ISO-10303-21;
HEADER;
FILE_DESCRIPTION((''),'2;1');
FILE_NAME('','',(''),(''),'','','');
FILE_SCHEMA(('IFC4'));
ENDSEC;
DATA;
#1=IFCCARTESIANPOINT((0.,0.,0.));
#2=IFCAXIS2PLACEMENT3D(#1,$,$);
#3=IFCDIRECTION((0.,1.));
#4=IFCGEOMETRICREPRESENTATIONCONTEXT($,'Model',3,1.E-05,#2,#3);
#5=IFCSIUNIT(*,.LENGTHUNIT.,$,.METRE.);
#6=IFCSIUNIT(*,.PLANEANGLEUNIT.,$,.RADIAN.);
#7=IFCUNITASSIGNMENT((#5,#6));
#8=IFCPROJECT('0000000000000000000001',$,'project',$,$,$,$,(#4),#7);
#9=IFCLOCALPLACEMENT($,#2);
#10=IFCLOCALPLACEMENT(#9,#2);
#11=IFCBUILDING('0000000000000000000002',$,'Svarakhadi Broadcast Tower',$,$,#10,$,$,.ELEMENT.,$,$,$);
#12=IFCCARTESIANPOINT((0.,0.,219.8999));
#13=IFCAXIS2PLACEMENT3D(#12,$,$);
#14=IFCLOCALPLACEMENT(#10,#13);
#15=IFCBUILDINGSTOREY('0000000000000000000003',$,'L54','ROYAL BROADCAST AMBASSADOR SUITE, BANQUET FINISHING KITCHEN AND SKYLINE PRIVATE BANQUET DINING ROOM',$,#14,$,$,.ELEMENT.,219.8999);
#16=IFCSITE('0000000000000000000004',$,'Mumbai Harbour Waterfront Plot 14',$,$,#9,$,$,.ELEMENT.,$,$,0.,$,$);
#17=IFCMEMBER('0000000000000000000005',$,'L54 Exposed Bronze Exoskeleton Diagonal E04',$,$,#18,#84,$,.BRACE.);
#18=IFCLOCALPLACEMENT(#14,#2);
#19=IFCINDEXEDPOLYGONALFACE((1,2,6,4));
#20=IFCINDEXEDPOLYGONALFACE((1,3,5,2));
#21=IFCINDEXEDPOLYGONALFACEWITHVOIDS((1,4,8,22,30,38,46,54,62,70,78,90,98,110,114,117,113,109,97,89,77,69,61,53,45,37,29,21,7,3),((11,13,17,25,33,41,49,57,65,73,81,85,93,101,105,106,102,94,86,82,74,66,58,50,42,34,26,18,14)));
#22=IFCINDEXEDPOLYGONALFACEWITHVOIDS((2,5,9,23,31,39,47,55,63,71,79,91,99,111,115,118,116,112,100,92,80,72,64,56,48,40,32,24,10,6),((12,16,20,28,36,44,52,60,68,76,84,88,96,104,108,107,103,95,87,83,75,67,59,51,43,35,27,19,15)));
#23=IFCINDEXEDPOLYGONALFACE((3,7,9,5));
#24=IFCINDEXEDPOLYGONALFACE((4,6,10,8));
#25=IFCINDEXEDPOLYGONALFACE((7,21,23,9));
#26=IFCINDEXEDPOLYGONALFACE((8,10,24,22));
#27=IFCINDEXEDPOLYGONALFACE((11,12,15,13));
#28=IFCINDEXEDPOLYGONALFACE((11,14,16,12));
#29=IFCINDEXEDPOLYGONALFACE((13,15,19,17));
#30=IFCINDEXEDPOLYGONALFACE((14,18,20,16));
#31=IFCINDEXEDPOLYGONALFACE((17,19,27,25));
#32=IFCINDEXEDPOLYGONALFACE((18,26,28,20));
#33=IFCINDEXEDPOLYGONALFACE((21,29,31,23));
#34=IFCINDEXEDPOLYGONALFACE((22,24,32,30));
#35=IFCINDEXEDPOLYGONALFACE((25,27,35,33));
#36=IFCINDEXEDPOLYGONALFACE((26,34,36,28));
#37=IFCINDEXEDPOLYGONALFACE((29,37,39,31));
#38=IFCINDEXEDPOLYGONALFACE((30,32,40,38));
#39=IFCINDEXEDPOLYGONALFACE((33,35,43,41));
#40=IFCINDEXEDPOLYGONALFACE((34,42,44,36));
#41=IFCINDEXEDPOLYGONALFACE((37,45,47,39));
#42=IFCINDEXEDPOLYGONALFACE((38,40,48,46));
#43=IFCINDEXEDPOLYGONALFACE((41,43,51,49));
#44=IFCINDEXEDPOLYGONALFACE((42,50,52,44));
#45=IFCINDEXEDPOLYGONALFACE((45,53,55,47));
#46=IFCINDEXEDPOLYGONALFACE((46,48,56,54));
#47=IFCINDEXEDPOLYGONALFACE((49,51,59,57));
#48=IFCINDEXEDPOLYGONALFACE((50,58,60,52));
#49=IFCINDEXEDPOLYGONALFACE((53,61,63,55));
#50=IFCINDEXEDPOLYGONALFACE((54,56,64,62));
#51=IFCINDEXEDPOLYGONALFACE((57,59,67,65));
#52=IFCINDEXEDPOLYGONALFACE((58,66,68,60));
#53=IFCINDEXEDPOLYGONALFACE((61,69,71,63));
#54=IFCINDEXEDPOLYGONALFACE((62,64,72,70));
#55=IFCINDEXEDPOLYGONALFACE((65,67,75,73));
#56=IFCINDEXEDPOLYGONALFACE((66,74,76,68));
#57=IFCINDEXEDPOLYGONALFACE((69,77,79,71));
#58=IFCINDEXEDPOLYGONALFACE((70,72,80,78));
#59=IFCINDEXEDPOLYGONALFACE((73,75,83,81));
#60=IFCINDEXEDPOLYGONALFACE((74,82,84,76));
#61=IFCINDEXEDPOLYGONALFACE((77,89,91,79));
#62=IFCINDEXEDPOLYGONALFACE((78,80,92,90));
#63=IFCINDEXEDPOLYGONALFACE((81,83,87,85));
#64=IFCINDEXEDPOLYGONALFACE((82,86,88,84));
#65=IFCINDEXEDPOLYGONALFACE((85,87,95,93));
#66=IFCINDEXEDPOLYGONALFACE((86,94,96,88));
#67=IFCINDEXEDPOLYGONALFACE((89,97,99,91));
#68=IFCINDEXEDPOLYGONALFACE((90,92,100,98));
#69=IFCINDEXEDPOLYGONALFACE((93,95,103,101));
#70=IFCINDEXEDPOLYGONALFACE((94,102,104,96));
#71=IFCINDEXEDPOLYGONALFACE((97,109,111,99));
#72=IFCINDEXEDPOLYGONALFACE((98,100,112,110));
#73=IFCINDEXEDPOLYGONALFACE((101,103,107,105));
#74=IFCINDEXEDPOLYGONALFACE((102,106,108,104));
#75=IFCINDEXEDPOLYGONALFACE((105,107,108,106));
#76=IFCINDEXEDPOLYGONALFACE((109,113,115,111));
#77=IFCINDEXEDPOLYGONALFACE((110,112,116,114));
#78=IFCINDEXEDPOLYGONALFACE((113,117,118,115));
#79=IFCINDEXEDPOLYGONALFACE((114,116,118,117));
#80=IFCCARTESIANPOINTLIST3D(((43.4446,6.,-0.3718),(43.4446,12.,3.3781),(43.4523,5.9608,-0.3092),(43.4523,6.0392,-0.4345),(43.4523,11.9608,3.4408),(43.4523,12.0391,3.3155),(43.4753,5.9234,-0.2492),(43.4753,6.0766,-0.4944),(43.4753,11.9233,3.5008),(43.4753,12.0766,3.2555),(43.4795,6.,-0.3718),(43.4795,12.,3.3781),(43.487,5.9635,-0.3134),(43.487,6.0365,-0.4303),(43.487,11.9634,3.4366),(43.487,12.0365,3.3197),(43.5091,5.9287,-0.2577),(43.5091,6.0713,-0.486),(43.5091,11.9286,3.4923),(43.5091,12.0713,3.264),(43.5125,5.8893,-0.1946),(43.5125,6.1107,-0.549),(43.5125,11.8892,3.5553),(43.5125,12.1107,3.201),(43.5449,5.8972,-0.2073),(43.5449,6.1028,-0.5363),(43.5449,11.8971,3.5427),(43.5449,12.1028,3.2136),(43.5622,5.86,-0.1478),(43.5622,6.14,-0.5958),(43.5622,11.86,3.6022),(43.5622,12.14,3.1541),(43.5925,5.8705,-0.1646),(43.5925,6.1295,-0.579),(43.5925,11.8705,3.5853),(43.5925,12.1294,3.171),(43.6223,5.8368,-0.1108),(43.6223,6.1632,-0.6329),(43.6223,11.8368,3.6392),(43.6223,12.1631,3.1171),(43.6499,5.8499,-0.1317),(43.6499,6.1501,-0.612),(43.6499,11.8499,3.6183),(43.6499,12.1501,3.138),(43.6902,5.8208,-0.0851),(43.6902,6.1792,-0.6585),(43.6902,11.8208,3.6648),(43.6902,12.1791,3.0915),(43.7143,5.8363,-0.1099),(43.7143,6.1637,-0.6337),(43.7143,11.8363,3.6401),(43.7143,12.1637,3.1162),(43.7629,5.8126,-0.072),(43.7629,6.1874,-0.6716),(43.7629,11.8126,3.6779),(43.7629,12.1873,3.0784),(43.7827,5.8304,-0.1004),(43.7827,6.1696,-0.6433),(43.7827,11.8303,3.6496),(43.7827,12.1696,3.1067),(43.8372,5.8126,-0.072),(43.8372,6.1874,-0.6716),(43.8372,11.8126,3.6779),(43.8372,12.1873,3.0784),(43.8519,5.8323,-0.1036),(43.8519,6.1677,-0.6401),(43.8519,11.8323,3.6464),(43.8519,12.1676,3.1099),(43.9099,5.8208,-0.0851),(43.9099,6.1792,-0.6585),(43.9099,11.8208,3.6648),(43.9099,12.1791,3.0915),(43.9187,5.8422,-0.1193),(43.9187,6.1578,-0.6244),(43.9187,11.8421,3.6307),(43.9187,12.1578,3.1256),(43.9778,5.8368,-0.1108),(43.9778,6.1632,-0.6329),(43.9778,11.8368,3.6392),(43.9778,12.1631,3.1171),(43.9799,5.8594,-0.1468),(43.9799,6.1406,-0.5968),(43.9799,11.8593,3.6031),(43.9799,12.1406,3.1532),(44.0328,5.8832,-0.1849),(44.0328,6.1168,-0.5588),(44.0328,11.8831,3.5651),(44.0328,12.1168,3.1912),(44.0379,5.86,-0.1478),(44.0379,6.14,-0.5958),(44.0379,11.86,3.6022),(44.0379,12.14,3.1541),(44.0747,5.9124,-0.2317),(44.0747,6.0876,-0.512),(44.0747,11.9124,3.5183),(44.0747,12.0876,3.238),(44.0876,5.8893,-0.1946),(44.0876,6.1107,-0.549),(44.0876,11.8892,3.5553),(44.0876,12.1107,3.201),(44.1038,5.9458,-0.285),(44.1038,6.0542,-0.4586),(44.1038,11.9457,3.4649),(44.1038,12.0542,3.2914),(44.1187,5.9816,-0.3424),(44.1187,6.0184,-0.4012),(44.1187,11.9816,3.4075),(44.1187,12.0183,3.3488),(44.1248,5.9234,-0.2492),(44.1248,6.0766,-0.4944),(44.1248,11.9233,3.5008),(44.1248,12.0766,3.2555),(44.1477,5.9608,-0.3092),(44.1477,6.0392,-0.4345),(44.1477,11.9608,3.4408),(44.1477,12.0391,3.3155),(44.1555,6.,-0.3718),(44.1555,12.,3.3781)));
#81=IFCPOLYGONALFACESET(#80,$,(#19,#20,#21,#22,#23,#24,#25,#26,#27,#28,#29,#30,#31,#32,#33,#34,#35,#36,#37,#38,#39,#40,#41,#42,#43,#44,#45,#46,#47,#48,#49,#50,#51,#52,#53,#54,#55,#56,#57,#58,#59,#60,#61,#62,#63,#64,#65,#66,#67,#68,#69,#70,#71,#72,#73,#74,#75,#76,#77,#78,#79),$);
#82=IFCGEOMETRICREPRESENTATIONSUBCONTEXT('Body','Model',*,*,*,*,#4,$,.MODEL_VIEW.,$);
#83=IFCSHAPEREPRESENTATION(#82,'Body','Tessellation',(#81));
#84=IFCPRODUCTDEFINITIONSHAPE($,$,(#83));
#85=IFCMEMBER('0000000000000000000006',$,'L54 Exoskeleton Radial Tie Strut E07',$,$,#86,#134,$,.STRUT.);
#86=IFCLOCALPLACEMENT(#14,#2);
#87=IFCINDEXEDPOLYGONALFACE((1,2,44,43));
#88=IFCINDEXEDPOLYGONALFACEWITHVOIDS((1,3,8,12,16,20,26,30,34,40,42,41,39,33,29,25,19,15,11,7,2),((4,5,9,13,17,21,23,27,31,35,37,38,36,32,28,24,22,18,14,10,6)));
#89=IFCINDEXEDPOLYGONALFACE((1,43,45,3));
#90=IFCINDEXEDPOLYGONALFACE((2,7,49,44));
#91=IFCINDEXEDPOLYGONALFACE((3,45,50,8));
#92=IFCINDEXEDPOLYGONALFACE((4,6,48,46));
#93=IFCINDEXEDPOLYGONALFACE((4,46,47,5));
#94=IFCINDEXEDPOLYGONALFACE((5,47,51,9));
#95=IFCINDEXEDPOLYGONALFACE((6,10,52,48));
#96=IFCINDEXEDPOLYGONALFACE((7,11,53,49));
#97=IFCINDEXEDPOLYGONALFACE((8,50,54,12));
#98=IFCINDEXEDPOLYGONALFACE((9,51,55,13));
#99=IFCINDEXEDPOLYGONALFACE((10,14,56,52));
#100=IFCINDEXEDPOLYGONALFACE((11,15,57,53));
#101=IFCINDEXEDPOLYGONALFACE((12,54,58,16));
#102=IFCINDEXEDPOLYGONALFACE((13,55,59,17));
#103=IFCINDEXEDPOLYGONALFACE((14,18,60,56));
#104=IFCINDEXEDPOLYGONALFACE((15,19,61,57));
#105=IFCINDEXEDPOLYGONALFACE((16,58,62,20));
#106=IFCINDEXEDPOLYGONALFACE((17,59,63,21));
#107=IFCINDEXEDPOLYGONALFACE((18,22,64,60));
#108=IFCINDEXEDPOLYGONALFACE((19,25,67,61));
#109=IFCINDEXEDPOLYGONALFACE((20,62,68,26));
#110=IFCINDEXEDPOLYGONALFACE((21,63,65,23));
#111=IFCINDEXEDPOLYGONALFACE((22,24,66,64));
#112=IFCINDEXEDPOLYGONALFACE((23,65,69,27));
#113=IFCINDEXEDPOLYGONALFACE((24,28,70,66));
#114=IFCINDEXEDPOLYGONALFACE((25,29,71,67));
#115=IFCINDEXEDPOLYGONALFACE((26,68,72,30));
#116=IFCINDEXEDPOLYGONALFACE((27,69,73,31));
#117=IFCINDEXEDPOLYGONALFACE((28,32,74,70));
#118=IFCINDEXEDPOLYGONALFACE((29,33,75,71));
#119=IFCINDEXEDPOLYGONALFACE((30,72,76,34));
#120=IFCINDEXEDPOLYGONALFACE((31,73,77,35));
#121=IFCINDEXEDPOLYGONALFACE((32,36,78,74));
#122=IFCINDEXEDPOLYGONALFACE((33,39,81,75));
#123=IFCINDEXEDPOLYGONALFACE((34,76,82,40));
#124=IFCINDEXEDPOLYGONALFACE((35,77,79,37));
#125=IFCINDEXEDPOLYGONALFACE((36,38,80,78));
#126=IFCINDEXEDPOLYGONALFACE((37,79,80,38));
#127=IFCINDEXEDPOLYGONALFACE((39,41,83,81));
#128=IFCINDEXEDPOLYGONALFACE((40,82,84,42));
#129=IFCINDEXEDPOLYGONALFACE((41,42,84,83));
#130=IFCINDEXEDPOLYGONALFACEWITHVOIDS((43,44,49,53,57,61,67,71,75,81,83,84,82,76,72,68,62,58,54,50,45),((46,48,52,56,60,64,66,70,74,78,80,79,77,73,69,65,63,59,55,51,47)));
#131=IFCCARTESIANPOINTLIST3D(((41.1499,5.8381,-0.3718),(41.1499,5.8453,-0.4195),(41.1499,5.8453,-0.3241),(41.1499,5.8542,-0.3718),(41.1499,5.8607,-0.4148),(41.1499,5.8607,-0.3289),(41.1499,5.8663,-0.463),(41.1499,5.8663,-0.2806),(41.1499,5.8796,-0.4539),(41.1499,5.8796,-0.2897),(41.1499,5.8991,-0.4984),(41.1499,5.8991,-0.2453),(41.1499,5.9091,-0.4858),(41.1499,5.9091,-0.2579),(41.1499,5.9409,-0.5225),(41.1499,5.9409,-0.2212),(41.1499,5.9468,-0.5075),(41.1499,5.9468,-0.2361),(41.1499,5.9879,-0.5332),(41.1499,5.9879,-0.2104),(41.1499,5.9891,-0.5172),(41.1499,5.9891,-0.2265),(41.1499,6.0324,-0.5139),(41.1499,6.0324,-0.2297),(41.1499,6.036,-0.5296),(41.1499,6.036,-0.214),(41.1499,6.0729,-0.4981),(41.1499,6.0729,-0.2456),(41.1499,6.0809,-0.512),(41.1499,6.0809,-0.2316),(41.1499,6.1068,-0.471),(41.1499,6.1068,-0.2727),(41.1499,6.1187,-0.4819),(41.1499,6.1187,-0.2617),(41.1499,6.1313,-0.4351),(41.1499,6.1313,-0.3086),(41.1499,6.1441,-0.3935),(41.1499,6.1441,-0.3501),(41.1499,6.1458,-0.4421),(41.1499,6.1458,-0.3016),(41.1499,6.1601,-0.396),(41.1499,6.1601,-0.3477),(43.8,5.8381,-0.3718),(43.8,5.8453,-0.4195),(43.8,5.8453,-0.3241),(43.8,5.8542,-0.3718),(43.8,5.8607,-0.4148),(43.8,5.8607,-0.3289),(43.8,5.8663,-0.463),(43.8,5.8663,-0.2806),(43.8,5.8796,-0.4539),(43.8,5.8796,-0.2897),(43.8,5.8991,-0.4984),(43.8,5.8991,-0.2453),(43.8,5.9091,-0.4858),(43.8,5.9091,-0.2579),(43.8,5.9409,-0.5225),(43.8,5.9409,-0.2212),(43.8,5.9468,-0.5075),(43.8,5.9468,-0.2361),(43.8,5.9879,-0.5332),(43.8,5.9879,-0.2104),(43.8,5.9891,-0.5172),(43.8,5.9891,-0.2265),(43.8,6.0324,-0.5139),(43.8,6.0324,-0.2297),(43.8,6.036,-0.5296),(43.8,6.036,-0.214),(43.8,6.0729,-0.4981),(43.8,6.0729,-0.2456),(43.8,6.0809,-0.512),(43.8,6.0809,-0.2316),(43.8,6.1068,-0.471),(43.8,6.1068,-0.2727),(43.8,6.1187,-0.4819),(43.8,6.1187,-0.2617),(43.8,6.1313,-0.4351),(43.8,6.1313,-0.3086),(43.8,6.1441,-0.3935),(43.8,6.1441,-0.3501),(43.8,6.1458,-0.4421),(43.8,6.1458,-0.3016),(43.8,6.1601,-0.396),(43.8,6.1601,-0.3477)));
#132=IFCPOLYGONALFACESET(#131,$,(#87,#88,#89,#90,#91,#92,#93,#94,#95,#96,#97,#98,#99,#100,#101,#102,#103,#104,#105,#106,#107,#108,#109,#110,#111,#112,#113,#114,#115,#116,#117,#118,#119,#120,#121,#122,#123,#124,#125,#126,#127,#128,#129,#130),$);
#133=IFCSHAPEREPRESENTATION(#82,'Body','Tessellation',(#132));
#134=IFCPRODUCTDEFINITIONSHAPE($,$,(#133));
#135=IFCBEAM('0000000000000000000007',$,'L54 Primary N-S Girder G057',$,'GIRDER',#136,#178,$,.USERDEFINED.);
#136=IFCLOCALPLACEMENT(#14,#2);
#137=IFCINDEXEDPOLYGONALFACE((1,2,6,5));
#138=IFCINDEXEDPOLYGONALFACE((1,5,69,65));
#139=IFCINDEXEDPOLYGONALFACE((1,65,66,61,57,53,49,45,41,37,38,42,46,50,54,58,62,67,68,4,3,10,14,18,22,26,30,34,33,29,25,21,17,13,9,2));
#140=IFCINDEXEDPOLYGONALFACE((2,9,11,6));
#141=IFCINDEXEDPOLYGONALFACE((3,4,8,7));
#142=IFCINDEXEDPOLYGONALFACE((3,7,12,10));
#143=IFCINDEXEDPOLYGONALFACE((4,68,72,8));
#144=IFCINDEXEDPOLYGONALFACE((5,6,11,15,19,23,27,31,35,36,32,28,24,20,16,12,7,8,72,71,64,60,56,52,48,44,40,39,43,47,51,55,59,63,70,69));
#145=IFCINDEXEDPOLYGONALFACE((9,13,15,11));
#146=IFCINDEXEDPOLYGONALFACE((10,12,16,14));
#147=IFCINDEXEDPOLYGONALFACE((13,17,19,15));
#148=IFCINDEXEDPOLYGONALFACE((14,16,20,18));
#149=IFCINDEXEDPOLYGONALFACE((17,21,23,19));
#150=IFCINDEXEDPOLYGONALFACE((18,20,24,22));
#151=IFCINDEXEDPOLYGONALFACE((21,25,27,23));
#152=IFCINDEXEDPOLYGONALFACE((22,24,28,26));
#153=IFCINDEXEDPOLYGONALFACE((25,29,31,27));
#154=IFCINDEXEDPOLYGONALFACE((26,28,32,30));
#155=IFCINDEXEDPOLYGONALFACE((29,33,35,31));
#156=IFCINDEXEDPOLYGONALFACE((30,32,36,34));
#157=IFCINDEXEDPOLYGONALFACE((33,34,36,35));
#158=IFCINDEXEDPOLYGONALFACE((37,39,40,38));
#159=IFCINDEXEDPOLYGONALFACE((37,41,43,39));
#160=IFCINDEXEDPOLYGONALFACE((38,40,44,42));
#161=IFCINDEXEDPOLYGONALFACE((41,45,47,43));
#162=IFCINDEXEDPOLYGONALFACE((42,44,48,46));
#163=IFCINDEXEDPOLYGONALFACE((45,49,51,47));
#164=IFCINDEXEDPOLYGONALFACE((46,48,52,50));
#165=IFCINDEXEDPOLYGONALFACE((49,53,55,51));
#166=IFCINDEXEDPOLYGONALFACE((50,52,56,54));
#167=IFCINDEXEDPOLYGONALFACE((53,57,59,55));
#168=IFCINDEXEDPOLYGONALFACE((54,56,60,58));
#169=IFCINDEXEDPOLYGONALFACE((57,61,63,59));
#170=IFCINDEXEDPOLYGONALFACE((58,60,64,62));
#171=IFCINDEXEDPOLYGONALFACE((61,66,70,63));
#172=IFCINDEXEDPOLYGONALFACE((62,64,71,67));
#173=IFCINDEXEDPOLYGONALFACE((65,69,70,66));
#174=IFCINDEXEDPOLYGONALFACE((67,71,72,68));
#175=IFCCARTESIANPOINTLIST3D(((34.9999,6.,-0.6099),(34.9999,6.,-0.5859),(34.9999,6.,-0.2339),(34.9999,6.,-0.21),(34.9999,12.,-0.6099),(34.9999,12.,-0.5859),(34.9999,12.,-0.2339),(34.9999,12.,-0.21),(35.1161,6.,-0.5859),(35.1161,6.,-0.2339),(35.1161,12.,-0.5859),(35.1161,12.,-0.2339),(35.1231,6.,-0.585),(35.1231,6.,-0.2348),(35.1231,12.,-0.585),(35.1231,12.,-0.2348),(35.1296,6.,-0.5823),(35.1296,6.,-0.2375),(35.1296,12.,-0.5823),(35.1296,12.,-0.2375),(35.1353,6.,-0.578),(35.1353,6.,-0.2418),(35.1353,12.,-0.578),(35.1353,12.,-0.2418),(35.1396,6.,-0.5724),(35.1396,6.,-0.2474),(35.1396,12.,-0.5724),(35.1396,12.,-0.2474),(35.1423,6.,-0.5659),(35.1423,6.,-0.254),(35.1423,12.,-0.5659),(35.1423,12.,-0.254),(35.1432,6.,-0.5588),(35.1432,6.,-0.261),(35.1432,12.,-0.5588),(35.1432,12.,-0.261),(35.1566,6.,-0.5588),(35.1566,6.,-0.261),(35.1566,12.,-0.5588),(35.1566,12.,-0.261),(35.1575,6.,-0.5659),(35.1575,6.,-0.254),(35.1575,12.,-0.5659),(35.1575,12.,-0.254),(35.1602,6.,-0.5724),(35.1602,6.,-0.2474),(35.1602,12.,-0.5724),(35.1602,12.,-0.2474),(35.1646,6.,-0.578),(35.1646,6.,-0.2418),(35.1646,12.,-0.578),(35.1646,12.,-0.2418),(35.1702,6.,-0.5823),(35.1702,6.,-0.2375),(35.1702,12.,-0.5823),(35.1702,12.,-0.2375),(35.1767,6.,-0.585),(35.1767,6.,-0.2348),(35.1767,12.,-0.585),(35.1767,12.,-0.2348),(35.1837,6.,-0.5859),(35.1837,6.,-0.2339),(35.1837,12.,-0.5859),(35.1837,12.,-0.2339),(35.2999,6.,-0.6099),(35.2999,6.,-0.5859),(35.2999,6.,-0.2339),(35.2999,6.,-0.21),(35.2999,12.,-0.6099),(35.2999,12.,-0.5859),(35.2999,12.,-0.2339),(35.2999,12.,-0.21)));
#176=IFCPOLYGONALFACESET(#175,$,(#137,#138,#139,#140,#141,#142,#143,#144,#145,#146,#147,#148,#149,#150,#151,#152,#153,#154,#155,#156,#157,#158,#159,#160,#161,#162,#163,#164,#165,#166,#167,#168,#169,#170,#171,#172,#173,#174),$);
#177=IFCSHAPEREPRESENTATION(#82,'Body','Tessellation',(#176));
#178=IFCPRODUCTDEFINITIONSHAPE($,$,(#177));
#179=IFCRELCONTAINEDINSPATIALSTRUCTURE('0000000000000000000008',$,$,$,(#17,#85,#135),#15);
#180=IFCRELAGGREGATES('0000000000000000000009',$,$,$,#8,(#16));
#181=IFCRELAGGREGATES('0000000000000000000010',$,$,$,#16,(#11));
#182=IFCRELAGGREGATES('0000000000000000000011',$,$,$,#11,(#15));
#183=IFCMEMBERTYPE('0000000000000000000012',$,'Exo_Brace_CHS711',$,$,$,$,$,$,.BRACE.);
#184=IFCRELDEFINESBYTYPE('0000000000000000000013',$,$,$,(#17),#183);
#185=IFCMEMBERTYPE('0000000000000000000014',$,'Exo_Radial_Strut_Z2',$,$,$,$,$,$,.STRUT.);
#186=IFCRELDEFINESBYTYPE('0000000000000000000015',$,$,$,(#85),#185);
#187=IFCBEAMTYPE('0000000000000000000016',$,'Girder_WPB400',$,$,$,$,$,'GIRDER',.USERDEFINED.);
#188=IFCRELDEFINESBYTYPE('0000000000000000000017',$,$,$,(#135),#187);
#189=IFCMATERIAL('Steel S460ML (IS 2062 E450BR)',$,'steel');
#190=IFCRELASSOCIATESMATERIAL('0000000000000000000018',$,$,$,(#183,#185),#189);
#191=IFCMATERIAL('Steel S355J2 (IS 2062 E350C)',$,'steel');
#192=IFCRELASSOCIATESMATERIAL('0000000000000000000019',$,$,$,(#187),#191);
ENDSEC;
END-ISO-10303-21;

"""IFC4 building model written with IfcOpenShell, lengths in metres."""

from ifc_helpers import new_model, si_unit, direction, frame, origin, origin_2d, place, context, subcontext, project, spatial, hollow_circle, i_section, extrude, material, material_profile, profile_set, type_object, element, save


model = new_model("IFC4")

# Units and contexts
model_context = context("Model", 3, precision=1e-05, world=origin(), true_north=direction((0.0, 1.0)))
body_context = subcontext(model_context, "Body", "Model", "MODEL_VIEW")
ifc_project = project(units=[si_unit("LENGTHUNIT", "METRE"), si_unit("PLANEANGLEUNIT", "RADIAN")], contexts=[model_context])

# Site, building, storey
site_placement = place(None, origin())
site = spatial("IfcSite", under=ifc_project, at=site_placement, Name="Mumbai Harbour Waterfront Plot 14", CompositionType="ELEMENT", RefElevation=0.0)
building_placement = place(site_placement, origin())
building = spatial("IfcBuilding", under=site, at=building_placement, Name="Svarakhadi Broadcast Tower", CompositionType="ELEMENT")
storey_placement = place(building_placement, frame((0.0, 0.0, 219.8999)))
storey = spatial("IfcBuildingStorey", under=building, at=storey_placement, Name="L54", Description="ROYAL BROADCAST AMBASSADOR SUITE, BANQUET FINISHING KITCHEN AND SKYLINE PRIVATE BANQUET DINING ROOM", CompositionType="ELEMENT", Elevation=219.8999)

# Shared definitions
ifc_material_1 = material(Name="Steel S460ML (IS 2062 E450BR)", Category="steel")

# Shared definitions
ifc_material_2 = material(Name="Steel S355J2 (IS 2062 E350C)", Category="steel")

# Members
ifc_material_profile_1 = material_profile(ifc_material_1, hollow_circle(Radius=0.3555, WallThickness=0.0349, at=origin_2d()), Name="CHS 711x35")
ifc_profile_set_1 = profile_set([ifc_material_profile_1], Name="Steel S460ML (IS 2062 E450BR)")
member_type_1 = type_object("IfcMemberType", Name="Exo_Brace_CHS711", PredefinedType="BRACE", material=ifc_profile_set_1)
member_1_placement = place(storey_placement, frame((43.8, 6.0, -0.3718), z_axis=(0.0, 0.847998, 0.529999), x_axis=(-1.0, 0.0, 0.0)))
element("IfcMember", 1, at=member_1_placement, inside=storey, type_object=member_type_1, Name="L54 Exposed Bronze Exoskeleton Diagonal E04", PredefinedType="BRACE", context=body_context, shape_type="SweptSolid", body=[
    extrude(hollow_circle(Radius=0.3555, WallThickness=0.0349, at=origin_2d()), origin(), (0.0, 0.0, 1.0), 7.0754),
])
ifc_material_profile_2 = material_profile(ifc_material_1, hollow_circle(Radius=0.1619, WallThickness=0.0161, at=origin_2d()), Name="CHS 323.9x16")
ifc_profile_set_2 = profile_set([ifc_material_profile_2], Name="Steel S460ML (IS 2062 E450BR)")
member_type_2 = type_object("IfcMemberType", Name="Exo_Radial_Strut_Z2", PredefinedType="STRUT", material=ifc_profile_set_2)
member_2_placement = place(storey_placement, frame((43.8, 6.0, -0.3718), z_axis=(-1.0, 0.0, 0.0), x_axis=(0.0, -1.0, 0.0)))
element("IfcMember", 2, at=member_2_placement, inside=storey, type_object=member_type_2, Name="L54 Exoskeleton Radial Tie Strut E07", PredefinedType="STRUT", context=body_context, shape_type="SweptSolid", body=[
    extrude(hollow_circle(Radius=0.1619, WallThickness=0.0161, at=origin_2d()), origin(), (0.0, 0.0, 1.0), 2.6501),
])

# Beam
ifc_material_profile_3 = material_profile(ifc_material_2, i_section(OverallWidth=0.3, OverallDepth=0.3999, WebThickness=0.0134, FlangeThickness=0.0239, FilletRadius=0.0271, at=origin_2d()), Name="WPB 400x300x155")
ifc_profile_set_3 = profile_set([ifc_material_profile_3], Name="Steel S355J2 (IS 2062 E350C)")
beam_type_1 = type_object("IfcBeamType", Name="Girder_WPB400", ElementType="GIRDER", PredefinedType="USERDEFINED", material=ifc_profile_set_3)
for number, where, z_axis, x_axis, name in (
    (3, (35.1499, 6.0, -0.4099), (0.0, 1.0, 0.0), (-1.0, 0.0, 0.0), "L54 Primary N-S Girder G057"),
):
    element("IfcBeam", number, at=place(storey_placement, frame(where, z_axis=z_axis, x_axis=x_axis)), inside=storey, type_object=beam_type_1, Name=name, ObjectType="GIRDER", PredefinedType="USERDEFINED", context=body_context, shape_type="SweptSolid", body=[
        extrude(i_section(OverallWidth=0.3, OverallDepth=0.3999, WebThickness=0.0134, FlangeThickness=0.0239, FilletRadius=0.0271, at=origin_2d()), origin(), (0.0, 0.0, 1.0), 6.0),
    ])

save(model, "model.ifc")
